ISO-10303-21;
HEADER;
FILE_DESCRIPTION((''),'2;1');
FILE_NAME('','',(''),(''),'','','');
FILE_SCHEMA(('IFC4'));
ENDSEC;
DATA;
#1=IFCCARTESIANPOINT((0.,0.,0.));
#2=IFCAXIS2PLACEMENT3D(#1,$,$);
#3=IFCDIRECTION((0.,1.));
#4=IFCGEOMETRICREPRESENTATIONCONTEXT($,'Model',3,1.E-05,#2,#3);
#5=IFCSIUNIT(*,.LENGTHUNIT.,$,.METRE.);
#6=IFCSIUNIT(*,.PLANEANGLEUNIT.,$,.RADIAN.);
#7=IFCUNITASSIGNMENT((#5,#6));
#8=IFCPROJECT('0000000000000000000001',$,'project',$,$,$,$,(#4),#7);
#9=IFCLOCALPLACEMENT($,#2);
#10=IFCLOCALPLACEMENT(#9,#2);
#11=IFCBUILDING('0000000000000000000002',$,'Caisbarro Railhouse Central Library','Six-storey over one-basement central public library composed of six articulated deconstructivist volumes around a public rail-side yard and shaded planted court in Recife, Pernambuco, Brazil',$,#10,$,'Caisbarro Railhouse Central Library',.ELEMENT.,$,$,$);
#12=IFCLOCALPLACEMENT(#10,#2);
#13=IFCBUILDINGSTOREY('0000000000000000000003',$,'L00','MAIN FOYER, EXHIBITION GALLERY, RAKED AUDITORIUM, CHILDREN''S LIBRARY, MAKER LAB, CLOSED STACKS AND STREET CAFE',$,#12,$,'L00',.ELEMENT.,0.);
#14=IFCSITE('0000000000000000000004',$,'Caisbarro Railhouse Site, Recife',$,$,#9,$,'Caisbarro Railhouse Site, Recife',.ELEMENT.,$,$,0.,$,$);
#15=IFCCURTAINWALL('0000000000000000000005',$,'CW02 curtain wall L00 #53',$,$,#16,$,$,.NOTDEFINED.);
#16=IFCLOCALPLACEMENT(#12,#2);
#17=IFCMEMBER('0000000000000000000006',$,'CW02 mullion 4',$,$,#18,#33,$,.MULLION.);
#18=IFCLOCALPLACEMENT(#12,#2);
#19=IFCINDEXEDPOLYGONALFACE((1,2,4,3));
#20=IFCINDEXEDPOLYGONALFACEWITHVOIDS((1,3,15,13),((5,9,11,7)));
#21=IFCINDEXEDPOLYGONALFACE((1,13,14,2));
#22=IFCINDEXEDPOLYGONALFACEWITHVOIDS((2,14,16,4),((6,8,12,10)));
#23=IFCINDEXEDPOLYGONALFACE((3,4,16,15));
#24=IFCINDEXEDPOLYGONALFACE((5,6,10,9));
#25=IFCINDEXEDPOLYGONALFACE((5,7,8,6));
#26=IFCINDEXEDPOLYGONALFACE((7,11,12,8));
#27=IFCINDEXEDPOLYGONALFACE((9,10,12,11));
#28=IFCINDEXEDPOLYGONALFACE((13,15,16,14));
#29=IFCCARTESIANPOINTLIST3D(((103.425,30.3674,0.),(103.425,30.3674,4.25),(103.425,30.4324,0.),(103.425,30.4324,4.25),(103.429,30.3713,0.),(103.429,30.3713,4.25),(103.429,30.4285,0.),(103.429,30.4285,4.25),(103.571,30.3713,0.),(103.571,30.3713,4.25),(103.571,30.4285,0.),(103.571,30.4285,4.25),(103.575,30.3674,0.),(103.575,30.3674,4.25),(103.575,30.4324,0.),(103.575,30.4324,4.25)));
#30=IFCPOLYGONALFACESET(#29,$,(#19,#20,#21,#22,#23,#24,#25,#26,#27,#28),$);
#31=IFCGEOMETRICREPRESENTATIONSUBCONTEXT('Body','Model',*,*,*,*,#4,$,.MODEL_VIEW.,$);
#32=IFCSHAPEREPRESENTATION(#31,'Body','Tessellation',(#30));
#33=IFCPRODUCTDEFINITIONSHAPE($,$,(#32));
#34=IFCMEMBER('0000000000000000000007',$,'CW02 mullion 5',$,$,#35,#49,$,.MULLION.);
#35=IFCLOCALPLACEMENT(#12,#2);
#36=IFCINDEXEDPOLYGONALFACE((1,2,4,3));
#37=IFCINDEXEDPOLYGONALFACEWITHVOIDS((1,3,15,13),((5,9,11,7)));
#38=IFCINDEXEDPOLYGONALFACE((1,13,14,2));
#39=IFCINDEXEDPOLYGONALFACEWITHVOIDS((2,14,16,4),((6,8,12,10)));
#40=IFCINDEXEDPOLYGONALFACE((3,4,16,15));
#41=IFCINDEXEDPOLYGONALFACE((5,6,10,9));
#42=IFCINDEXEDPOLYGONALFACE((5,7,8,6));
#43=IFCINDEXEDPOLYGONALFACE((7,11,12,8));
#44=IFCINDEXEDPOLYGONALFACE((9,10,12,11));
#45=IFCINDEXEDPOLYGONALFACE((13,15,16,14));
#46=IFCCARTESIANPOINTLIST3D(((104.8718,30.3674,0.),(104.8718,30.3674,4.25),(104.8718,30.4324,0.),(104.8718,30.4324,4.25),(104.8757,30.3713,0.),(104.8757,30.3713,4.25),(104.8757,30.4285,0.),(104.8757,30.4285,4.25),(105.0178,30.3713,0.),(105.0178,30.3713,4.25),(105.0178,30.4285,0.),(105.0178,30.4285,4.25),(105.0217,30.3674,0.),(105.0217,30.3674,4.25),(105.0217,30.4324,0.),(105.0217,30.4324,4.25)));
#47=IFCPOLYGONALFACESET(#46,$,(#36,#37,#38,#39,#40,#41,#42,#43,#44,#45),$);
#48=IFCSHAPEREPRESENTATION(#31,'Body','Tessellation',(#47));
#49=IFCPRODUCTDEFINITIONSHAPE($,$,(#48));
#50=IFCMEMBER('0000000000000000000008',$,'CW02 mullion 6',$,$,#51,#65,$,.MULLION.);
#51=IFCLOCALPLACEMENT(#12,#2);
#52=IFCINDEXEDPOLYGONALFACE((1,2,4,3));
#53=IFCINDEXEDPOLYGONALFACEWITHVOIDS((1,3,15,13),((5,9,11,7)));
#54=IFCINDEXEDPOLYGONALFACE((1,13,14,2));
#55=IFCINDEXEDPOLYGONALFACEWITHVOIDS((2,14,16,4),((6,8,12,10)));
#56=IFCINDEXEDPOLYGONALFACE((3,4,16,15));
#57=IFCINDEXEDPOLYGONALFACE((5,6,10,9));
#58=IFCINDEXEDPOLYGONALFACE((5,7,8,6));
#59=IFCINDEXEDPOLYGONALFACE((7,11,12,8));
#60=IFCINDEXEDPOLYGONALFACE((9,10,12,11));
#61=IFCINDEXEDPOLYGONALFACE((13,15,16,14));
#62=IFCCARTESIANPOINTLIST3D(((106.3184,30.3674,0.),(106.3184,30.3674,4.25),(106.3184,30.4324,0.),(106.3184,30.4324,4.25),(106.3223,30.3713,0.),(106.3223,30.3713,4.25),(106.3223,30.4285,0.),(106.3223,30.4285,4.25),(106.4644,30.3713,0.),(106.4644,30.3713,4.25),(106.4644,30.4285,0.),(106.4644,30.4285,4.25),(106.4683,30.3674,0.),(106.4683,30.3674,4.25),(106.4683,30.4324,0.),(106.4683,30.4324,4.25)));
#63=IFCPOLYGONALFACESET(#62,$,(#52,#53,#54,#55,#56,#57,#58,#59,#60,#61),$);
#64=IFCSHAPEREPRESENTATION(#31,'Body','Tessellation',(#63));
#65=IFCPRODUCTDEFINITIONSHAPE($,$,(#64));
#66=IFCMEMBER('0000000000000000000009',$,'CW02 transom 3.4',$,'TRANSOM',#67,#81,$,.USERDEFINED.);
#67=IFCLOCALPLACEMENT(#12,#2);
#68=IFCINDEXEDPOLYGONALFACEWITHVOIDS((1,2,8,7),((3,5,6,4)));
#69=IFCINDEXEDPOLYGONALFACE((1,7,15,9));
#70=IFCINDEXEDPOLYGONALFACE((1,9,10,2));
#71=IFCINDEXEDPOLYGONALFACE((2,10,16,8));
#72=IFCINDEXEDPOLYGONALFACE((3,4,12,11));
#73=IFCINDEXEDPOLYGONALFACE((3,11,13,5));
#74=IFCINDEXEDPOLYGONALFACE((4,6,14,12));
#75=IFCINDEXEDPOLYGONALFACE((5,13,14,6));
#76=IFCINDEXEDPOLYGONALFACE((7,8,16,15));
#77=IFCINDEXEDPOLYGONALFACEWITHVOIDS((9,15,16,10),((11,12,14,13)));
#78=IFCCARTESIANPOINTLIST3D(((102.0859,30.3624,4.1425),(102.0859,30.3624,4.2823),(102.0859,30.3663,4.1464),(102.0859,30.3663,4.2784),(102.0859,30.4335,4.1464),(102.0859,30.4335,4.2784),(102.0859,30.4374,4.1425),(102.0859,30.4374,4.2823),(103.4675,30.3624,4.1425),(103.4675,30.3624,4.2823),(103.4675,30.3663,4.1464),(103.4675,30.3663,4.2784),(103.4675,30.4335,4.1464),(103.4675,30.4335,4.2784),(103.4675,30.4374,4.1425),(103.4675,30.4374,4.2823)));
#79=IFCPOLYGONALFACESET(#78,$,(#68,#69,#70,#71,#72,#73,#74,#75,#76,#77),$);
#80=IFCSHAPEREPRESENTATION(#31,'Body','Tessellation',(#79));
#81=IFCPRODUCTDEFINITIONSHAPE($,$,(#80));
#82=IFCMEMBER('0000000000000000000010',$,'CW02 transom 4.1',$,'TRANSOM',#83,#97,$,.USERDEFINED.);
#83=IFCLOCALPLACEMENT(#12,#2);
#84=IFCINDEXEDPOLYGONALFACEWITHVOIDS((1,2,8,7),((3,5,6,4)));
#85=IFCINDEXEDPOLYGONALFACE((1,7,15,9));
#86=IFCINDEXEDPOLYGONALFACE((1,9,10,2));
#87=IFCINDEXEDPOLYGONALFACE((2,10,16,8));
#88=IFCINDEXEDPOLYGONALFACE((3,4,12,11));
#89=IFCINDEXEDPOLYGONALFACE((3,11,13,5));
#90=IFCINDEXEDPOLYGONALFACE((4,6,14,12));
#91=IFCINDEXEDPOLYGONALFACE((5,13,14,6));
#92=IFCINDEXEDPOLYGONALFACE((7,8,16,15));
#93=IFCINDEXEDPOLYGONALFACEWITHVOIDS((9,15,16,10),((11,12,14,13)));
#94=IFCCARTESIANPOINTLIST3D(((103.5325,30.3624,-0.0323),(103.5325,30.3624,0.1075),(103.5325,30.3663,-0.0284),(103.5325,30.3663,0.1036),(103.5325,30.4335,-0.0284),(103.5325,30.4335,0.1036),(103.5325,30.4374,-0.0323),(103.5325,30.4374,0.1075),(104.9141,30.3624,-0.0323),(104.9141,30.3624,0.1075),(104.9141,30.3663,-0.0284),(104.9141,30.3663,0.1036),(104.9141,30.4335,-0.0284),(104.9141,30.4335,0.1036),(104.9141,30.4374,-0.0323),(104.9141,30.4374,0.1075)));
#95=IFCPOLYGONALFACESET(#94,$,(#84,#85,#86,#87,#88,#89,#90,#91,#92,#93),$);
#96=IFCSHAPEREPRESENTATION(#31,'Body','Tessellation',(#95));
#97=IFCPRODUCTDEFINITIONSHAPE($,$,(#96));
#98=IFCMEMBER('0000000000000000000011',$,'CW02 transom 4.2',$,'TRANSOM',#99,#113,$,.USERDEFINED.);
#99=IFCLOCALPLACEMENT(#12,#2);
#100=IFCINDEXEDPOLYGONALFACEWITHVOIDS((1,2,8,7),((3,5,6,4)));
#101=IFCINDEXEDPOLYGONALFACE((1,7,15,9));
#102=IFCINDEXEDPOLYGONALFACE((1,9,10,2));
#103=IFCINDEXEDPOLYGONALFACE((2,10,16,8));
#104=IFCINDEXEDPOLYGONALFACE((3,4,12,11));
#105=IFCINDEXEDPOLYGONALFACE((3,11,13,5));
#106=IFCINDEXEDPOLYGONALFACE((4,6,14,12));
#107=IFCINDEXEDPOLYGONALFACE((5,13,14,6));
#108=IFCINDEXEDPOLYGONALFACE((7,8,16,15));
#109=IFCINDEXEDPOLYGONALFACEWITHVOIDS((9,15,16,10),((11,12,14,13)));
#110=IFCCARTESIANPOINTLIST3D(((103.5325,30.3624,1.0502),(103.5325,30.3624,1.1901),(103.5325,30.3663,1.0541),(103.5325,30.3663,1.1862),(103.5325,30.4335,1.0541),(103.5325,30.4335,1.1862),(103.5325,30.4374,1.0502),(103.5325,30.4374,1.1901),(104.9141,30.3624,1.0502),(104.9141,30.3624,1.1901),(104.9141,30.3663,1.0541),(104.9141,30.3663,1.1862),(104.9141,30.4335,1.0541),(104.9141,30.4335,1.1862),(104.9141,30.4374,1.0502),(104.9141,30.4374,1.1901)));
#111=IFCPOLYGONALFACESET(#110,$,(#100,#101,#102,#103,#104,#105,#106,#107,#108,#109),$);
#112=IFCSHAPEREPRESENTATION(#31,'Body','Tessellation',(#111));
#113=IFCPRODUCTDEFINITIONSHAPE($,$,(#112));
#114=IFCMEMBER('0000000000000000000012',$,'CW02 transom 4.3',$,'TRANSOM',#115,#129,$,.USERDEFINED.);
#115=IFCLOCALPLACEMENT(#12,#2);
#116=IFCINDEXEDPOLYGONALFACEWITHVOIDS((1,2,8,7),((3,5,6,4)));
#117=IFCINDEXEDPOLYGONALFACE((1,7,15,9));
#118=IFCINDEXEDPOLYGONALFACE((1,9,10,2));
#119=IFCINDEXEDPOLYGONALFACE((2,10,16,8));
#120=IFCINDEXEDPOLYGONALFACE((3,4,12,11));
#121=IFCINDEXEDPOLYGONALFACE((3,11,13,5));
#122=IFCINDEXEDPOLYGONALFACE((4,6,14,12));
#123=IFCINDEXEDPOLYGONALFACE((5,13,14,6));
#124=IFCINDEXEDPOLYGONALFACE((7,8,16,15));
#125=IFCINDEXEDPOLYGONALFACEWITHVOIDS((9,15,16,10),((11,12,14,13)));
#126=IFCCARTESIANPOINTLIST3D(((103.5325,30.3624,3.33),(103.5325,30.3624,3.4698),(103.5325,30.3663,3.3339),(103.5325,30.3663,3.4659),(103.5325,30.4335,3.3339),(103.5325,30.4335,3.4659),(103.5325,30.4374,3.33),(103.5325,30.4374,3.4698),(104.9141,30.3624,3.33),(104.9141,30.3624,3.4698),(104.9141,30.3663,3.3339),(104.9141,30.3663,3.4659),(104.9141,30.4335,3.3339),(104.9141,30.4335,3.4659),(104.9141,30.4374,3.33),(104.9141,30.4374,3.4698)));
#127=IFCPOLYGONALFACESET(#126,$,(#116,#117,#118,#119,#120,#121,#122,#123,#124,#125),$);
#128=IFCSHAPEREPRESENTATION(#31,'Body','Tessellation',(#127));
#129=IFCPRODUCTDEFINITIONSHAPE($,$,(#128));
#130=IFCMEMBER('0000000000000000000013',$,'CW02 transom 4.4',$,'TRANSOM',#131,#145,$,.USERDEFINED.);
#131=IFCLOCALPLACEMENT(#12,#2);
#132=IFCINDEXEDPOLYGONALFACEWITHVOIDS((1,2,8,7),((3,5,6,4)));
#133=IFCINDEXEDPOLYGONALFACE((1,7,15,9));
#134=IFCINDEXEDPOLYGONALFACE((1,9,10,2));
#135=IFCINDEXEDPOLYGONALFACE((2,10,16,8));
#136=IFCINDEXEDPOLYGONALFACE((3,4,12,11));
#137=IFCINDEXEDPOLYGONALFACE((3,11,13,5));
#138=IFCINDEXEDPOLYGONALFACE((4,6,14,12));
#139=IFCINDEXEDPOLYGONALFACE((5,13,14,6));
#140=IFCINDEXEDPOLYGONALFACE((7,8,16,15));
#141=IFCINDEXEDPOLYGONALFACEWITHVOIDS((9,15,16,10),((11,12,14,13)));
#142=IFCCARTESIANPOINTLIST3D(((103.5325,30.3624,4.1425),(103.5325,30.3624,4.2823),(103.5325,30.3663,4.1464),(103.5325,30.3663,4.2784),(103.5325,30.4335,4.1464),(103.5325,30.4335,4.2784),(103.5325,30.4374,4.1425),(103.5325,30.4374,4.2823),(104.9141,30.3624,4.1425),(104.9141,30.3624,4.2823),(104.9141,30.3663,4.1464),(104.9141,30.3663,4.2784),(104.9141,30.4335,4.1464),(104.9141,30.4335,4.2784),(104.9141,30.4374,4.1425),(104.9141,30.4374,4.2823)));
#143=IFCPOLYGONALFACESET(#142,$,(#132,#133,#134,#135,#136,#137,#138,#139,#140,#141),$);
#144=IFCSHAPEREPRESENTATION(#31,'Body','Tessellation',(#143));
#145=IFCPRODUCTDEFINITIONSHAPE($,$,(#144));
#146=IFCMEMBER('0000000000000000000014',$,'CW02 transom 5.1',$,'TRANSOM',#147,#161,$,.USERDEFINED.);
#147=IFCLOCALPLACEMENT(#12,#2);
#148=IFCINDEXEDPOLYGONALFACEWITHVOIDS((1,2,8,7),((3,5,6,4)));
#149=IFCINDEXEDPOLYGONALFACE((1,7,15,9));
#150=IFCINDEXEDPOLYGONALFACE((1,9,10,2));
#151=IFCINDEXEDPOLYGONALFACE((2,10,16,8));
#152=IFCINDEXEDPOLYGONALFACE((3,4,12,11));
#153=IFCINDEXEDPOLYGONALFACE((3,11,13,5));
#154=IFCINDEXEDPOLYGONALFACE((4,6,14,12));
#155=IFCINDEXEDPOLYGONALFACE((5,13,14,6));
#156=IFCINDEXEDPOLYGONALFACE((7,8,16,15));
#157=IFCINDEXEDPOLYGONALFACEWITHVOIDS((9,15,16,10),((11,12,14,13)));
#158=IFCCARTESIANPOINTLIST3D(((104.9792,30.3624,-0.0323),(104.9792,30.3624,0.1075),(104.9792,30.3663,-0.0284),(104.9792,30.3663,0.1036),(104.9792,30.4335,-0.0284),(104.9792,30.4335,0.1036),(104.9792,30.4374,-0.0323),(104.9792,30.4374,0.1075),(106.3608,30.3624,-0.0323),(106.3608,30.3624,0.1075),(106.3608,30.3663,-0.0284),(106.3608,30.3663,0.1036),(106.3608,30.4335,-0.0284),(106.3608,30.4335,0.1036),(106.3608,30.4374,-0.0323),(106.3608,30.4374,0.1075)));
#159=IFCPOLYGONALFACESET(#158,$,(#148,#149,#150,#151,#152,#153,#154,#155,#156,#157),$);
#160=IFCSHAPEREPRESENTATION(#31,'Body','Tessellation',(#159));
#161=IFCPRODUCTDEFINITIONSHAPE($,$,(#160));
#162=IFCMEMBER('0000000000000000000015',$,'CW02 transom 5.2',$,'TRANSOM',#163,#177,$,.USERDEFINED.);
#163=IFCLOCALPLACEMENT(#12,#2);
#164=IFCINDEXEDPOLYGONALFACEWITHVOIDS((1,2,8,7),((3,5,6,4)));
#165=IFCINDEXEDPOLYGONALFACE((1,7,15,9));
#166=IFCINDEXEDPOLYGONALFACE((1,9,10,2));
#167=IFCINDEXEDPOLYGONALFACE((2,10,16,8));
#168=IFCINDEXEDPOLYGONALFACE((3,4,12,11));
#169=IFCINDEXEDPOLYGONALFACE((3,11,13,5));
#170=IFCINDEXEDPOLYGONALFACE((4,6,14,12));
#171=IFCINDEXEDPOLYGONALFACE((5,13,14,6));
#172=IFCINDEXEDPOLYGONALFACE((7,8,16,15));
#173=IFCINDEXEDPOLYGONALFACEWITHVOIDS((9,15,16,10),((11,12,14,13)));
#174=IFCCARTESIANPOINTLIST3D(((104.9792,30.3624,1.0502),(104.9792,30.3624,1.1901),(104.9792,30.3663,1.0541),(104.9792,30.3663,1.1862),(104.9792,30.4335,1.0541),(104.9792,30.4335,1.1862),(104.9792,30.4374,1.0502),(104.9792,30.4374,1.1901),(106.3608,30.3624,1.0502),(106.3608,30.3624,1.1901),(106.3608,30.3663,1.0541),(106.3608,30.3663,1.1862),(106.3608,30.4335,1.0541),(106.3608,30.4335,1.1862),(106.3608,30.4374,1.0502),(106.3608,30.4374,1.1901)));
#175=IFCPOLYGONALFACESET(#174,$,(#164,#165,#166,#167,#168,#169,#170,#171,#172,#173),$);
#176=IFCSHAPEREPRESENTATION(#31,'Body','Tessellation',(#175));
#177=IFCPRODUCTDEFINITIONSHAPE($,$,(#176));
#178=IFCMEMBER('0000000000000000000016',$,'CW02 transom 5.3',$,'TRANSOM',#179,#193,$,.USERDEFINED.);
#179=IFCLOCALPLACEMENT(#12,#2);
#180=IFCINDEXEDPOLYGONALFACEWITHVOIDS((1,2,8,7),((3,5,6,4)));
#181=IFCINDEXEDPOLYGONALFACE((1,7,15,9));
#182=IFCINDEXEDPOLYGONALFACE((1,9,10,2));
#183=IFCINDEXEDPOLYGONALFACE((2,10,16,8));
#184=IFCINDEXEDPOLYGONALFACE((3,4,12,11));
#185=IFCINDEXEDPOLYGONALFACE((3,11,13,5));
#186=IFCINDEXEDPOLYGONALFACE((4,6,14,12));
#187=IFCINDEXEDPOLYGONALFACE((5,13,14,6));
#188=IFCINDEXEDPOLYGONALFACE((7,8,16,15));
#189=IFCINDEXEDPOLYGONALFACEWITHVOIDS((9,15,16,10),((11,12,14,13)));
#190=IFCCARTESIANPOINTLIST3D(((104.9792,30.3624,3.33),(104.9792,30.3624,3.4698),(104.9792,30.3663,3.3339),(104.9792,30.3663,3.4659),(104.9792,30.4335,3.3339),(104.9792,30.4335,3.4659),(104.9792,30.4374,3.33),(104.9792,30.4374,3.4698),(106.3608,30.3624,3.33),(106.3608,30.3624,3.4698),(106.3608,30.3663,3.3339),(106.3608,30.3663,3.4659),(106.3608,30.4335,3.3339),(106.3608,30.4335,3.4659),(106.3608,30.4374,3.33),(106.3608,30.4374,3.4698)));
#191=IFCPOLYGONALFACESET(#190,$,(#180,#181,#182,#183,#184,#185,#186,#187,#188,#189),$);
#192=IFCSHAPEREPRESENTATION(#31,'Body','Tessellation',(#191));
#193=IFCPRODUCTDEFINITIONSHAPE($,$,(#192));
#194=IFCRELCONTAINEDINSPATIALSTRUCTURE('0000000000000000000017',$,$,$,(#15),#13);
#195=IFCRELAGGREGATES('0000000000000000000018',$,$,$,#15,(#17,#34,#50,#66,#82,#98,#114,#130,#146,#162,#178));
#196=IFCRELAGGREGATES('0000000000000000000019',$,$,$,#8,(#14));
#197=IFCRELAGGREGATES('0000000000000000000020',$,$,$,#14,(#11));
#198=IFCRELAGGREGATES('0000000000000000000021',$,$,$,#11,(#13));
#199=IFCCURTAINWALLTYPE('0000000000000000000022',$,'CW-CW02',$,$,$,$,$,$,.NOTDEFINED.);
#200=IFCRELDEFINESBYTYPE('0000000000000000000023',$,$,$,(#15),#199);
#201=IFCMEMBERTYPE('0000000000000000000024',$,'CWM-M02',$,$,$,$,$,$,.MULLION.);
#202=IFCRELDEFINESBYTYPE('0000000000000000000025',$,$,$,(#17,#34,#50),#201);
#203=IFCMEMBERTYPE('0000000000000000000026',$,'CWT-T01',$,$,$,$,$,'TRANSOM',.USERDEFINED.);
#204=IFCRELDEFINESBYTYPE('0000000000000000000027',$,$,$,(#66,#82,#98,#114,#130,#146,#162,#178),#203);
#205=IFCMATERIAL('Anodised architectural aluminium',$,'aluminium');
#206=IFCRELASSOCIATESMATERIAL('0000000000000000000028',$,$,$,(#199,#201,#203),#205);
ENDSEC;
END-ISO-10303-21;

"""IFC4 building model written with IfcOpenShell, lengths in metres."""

from ifc_helpers import new_model, si_unit, direction, frame, origin, origin_2d, place, context, subcontext, project, spatial, hollow_rectangle, extrude, material, material_profile, profile_set, type_object, element, aggregate, save


model = new_model("IFC4")

# Units and contexts
model_context = context("Model", 3, precision=1e-05, world=origin(), true_north=direction((0.0, 1.0)))
body_context = subcontext(model_context, "Body", "Model", "MODEL_VIEW")
ifc_project = project(units=[si_unit("LENGTHUNIT", "METRE"), si_unit("PLANEANGLEUNIT", "RADIAN")], contexts=[model_context])

# Site, building, storey
site_placement = place(None, origin())
site = spatial("IfcSite", under=ifc_project, at=site_placement, Name="Caisbarro Railhouse Site, Recife", LongName="Caisbarro Railhouse Site, Recife", CompositionType="ELEMENT", RefElevation=0.0)
building_placement = place(site_placement, origin())
building = spatial("IfcBuilding", under=site, at=building_placement, Name="Caisbarro Railhouse Central Library", Description="Six-storey over one-basement central public library composed of six articulated deconstructivist volumes around a public rail-side yard and shaded planted court in Recife, Pernambuco, Brazil", LongName="Caisbarro Railhouse Central Library", CompositionType="ELEMENT")
storey_placement = place(building_placement, origin())
storey = spatial("IfcBuildingStorey", under=building, at=storey_placement, Name="L00", Description="MAIN FOYER, EXHIBITION GALLERY, RAKED AUDITORIUM, CHILDREN'S LIBRARY, MAKER LAB, CLOSED STACKS AND STREET CAFE", LongName="L00", CompositionType="ELEMENT", Elevation=0.0)

# Curtain wall, members
ifc_material_1 = material(Name="Anodised architectural aluminium", Category="aluminium")
curtain_wall_type = type_object("IfcCurtainWallType", Name="CW-CW02", PredefinedType="NOTDEFINED", material=ifc_material_1)
curtain_wall_placement = place(storey_placement, origin())
curtain_wall = element("IfcCurtainWall", 1, at=curtain_wall_placement, inside=storey, type_object=curtain_wall_type, Name="CW02 curtain wall L00 #53", PredefinedType="NOTDEFINED")
ifc_material_profile_1 = material_profile(ifc_material_1, hollow_rectangle(XDim=0.0649, YDim=0.1499, WallThickness=0.0039, at=origin_2d()), Name="ALU-MUL-65X150")
ifc_profile_set_1 = profile_set([ifc_material_profile_1], Name="Anodised architectural aluminium")
member_type_1 = type_object("IfcMemberType", Name="CWM-M02", PredefinedType="MULLION", material=ifc_profile_set_1)
member_1_placement = place(storey_placement, frame((103.5, 30.3999, 0.0), z_axis=(0.0, 0.0, 1.0), x_axis=(0.0, 1.0, 0.0)))
member_1 = element("IfcMember", 2, at=member_1_placement, type_object=member_type_1, Name="CW02 mullion 4", PredefinedType="MULLION", context=body_context, shape_type="SweptSolid", body=[
    extrude(hollow_rectangle(XDim=0.0649, YDim=0.1499, WallThickness=0.0039, at=origin_2d()), origin(), (0.0, 0.0, 1.0), 4.25),
])
member_2_placement = place(storey_placement, frame((104.9468, 30.3999, 0.0), z_axis=(0.0, 0.0, 1.0), x_axis=(0.0, 1.0, 0.0)))
member_2 = element("IfcMember", 3, at=member_2_placement, type_object=member_type_1, Name="CW02 mullion 5", PredefinedType="MULLION", context=body_context, shape_type="SweptSolid", body=[
    extrude(hollow_rectangle(XDim=0.0649, YDim=0.1499, WallThickness=0.0039, at=origin_2d()), origin(), (0.0, 0.0, 1.0), 4.25),
])
member_3_placement = place(storey_placement, frame((106.3933, 30.3999, 0.0), z_axis=(0.0, 0.0, 1.0), x_axis=(0.0, 1.0, 0.0)))
member_3 = element("IfcMember", 4, at=member_3_placement, type_object=member_type_1, Name="CW02 mullion 6", PredefinedType="MULLION", context=body_context, shape_type="SweptSolid", body=[
    extrude(hollow_rectangle(XDim=0.0649, YDim=0.1499, WallThickness=0.0039, at=origin_2d()), origin(), (0.0, 0.0, 1.0), 4.25),
])
ifc_material_profile_2 = material_profile(ifc_material_1, hollow_rectangle(XDim=0.075, YDim=0.1399, WallThickness=0.0039, at=origin_2d()), Name="ALU-TRN-75X140")
ifc_profile_set_2 = profile_set([ifc_material_profile_2], Name="Anodised architectural aluminium")
member_type_2 = type_object("IfcMemberType", Name="CWT-T01", ElementType="TRANSOM", PredefinedType="USERDEFINED", material=ifc_profile_set_2)
member_4_placement = place(storey_placement, frame((102.0859, 30.3999, 4.2124), z_axis=(1.0, 0.0, 0.0), x_axis=(0.0, 1.0, 0.0)))
member_4 = element("IfcMember", 5, at=member_4_placement, type_object=member_type_2, Name="CW02 transom 3.4", ObjectType="TRANSOM", PredefinedType="USERDEFINED", context=body_context, shape_type="SweptSolid", body=[
    extrude(hollow_rectangle(XDim=0.075, YDim=0.1399, WallThickness=0.0039, at=origin_2d()), origin(), (0.0, 0.0, 1.0), 1.3816),
])
member_5_placement = place(storey_placement, frame((103.5325, 30.3999, 0.0376), z_axis=(1.0, 0.0, 0.0), x_axis=(0.0, 1.0, 0.0)))
member_5 = element("IfcMember", 6, at=member_5_placement, type_object=member_type_2, Name="CW02 transom 4.1", ObjectType="TRANSOM", PredefinedType="USERDEFINED", context=body_context, shape_type="SweptSolid", body=[
    extrude(hollow_rectangle(XDim=0.075, YDim=0.1399, WallThickness=0.0039, at=origin_2d()), origin(), (0.0, 0.0, 1.0), 1.3816),
])
member_6_placement = place(storey_placement, frame((103.5325, 30.3999, 1.1201), z_axis=(1.0, 0.0, 0.0), x_axis=(0.0, 1.0, 0.0)))
member_6 = element("IfcMember", 7, at=member_6_placement, type_object=member_type_2, Name="CW02 transom 4.2", ObjectType="TRANSOM", PredefinedType="USERDEFINED", context=body_context, shape_type="SweptSolid", body=[
    extrude(hollow_rectangle(XDim=0.075, YDim=0.1399, WallThickness=0.0039, at=origin_2d()), origin(), (0.0, 0.0, 1.0), 1.3816),
])
member_7_placement = place(storey_placement, frame((103.5325, 30.3999, 3.3999), z_axis=(1.0, 0.0, 0.0), x_axis=(0.0, 1.0, 0.0)))
member_7 = element("IfcMember", 8, at=member_7_placement, type_object=member_type_2, Name="CW02 transom 4.3", ObjectType="TRANSOM", PredefinedType="USERDEFINED", context=body_context, shape_type="SweptSolid", body=[
    extrude(hollow_rectangle(XDim=0.075, YDim=0.1399, WallThickness=0.0039, at=origin_2d()), origin(), (0.0, 0.0, 1.0), 1.3816),
])
member_8_placement = place(storey_placement, frame((103.5325, 30.3999, 4.2124), z_axis=(1.0, 0.0, 0.0), x_axis=(0.0, 1.0, 0.0)))
member_8 = element("IfcMember", 9, at=member_8_placement, type_object=member_type_2, Name="CW02 transom 4.4", ObjectType="TRANSOM", PredefinedType="USERDEFINED", context=body_context, shape_type="SweptSolid", body=[
    extrude(hollow_rectangle(XDim=0.075, YDim=0.1399, WallThickness=0.0039, at=origin_2d()), origin(), (0.0, 0.0, 1.0), 1.3816),
])
member_9_placement = place(storey_placement, frame((104.9792, 30.3999, 0.0376), z_axis=(1.0, 0.0, 0.0), x_axis=(0.0, 1.0, 0.0)))
member_9 = element("IfcMember", 10, at=member_9_placement, type_object=member_type_2, Name="CW02 transom 5.1", ObjectType="TRANSOM", PredefinedType="USERDEFINED", context=body_context, shape_type="SweptSolid", body=[
    extrude(hollow_rectangle(XDim=0.075, YDim=0.1399, WallThickness=0.0039, at=origin_2d()), origin(), (0.0, 0.0, 1.0), 1.3816),
])
member_10_placement = place(storey_placement, frame((104.9792, 30.3999, 1.1201), z_axis=(1.0, 0.0, 0.0), x_axis=(0.0, 1.0, 0.0)))
member_10 = element("IfcMember", 11, at=member_10_placement, type_object=member_type_2, Name="CW02 transom 5.2", ObjectType="TRANSOM", PredefinedType="USERDEFINED", context=body_context, shape_type="SweptSolid", body=[
    extrude(hollow_rectangle(XDim=0.075, YDim=0.1399, WallThickness=0.0039, at=origin_2d()), origin(), (0.0, 0.0, 1.0), 1.3816),
])
member_11_placement = place(storey_placement, frame((104.9792, 30.3999, 3.3999), z_axis=(1.0, 0.0, 0.0), x_axis=(0.0, 1.0, 0.0)))
member_11 = element("IfcMember", 12, at=member_11_placement, type_object=member_type_2, Name="CW02 transom 5.3", ObjectType="TRANSOM", PredefinedType="USERDEFINED", context=body_context, shape_type="SweptSolid", body=[
    extrude(hollow_rectangle(XDim=0.075, YDim=0.1399, WallThickness=0.0039, at=origin_2d()), origin(), (0.0, 0.0, 1.0), 1.3816),
])
aggregate(curtain_wall, [member_1, member_2, member_3, member_4, member_5, member_6, member_7, member_8, member_9, member_10, member_11])

save(model, "model.ifc")
